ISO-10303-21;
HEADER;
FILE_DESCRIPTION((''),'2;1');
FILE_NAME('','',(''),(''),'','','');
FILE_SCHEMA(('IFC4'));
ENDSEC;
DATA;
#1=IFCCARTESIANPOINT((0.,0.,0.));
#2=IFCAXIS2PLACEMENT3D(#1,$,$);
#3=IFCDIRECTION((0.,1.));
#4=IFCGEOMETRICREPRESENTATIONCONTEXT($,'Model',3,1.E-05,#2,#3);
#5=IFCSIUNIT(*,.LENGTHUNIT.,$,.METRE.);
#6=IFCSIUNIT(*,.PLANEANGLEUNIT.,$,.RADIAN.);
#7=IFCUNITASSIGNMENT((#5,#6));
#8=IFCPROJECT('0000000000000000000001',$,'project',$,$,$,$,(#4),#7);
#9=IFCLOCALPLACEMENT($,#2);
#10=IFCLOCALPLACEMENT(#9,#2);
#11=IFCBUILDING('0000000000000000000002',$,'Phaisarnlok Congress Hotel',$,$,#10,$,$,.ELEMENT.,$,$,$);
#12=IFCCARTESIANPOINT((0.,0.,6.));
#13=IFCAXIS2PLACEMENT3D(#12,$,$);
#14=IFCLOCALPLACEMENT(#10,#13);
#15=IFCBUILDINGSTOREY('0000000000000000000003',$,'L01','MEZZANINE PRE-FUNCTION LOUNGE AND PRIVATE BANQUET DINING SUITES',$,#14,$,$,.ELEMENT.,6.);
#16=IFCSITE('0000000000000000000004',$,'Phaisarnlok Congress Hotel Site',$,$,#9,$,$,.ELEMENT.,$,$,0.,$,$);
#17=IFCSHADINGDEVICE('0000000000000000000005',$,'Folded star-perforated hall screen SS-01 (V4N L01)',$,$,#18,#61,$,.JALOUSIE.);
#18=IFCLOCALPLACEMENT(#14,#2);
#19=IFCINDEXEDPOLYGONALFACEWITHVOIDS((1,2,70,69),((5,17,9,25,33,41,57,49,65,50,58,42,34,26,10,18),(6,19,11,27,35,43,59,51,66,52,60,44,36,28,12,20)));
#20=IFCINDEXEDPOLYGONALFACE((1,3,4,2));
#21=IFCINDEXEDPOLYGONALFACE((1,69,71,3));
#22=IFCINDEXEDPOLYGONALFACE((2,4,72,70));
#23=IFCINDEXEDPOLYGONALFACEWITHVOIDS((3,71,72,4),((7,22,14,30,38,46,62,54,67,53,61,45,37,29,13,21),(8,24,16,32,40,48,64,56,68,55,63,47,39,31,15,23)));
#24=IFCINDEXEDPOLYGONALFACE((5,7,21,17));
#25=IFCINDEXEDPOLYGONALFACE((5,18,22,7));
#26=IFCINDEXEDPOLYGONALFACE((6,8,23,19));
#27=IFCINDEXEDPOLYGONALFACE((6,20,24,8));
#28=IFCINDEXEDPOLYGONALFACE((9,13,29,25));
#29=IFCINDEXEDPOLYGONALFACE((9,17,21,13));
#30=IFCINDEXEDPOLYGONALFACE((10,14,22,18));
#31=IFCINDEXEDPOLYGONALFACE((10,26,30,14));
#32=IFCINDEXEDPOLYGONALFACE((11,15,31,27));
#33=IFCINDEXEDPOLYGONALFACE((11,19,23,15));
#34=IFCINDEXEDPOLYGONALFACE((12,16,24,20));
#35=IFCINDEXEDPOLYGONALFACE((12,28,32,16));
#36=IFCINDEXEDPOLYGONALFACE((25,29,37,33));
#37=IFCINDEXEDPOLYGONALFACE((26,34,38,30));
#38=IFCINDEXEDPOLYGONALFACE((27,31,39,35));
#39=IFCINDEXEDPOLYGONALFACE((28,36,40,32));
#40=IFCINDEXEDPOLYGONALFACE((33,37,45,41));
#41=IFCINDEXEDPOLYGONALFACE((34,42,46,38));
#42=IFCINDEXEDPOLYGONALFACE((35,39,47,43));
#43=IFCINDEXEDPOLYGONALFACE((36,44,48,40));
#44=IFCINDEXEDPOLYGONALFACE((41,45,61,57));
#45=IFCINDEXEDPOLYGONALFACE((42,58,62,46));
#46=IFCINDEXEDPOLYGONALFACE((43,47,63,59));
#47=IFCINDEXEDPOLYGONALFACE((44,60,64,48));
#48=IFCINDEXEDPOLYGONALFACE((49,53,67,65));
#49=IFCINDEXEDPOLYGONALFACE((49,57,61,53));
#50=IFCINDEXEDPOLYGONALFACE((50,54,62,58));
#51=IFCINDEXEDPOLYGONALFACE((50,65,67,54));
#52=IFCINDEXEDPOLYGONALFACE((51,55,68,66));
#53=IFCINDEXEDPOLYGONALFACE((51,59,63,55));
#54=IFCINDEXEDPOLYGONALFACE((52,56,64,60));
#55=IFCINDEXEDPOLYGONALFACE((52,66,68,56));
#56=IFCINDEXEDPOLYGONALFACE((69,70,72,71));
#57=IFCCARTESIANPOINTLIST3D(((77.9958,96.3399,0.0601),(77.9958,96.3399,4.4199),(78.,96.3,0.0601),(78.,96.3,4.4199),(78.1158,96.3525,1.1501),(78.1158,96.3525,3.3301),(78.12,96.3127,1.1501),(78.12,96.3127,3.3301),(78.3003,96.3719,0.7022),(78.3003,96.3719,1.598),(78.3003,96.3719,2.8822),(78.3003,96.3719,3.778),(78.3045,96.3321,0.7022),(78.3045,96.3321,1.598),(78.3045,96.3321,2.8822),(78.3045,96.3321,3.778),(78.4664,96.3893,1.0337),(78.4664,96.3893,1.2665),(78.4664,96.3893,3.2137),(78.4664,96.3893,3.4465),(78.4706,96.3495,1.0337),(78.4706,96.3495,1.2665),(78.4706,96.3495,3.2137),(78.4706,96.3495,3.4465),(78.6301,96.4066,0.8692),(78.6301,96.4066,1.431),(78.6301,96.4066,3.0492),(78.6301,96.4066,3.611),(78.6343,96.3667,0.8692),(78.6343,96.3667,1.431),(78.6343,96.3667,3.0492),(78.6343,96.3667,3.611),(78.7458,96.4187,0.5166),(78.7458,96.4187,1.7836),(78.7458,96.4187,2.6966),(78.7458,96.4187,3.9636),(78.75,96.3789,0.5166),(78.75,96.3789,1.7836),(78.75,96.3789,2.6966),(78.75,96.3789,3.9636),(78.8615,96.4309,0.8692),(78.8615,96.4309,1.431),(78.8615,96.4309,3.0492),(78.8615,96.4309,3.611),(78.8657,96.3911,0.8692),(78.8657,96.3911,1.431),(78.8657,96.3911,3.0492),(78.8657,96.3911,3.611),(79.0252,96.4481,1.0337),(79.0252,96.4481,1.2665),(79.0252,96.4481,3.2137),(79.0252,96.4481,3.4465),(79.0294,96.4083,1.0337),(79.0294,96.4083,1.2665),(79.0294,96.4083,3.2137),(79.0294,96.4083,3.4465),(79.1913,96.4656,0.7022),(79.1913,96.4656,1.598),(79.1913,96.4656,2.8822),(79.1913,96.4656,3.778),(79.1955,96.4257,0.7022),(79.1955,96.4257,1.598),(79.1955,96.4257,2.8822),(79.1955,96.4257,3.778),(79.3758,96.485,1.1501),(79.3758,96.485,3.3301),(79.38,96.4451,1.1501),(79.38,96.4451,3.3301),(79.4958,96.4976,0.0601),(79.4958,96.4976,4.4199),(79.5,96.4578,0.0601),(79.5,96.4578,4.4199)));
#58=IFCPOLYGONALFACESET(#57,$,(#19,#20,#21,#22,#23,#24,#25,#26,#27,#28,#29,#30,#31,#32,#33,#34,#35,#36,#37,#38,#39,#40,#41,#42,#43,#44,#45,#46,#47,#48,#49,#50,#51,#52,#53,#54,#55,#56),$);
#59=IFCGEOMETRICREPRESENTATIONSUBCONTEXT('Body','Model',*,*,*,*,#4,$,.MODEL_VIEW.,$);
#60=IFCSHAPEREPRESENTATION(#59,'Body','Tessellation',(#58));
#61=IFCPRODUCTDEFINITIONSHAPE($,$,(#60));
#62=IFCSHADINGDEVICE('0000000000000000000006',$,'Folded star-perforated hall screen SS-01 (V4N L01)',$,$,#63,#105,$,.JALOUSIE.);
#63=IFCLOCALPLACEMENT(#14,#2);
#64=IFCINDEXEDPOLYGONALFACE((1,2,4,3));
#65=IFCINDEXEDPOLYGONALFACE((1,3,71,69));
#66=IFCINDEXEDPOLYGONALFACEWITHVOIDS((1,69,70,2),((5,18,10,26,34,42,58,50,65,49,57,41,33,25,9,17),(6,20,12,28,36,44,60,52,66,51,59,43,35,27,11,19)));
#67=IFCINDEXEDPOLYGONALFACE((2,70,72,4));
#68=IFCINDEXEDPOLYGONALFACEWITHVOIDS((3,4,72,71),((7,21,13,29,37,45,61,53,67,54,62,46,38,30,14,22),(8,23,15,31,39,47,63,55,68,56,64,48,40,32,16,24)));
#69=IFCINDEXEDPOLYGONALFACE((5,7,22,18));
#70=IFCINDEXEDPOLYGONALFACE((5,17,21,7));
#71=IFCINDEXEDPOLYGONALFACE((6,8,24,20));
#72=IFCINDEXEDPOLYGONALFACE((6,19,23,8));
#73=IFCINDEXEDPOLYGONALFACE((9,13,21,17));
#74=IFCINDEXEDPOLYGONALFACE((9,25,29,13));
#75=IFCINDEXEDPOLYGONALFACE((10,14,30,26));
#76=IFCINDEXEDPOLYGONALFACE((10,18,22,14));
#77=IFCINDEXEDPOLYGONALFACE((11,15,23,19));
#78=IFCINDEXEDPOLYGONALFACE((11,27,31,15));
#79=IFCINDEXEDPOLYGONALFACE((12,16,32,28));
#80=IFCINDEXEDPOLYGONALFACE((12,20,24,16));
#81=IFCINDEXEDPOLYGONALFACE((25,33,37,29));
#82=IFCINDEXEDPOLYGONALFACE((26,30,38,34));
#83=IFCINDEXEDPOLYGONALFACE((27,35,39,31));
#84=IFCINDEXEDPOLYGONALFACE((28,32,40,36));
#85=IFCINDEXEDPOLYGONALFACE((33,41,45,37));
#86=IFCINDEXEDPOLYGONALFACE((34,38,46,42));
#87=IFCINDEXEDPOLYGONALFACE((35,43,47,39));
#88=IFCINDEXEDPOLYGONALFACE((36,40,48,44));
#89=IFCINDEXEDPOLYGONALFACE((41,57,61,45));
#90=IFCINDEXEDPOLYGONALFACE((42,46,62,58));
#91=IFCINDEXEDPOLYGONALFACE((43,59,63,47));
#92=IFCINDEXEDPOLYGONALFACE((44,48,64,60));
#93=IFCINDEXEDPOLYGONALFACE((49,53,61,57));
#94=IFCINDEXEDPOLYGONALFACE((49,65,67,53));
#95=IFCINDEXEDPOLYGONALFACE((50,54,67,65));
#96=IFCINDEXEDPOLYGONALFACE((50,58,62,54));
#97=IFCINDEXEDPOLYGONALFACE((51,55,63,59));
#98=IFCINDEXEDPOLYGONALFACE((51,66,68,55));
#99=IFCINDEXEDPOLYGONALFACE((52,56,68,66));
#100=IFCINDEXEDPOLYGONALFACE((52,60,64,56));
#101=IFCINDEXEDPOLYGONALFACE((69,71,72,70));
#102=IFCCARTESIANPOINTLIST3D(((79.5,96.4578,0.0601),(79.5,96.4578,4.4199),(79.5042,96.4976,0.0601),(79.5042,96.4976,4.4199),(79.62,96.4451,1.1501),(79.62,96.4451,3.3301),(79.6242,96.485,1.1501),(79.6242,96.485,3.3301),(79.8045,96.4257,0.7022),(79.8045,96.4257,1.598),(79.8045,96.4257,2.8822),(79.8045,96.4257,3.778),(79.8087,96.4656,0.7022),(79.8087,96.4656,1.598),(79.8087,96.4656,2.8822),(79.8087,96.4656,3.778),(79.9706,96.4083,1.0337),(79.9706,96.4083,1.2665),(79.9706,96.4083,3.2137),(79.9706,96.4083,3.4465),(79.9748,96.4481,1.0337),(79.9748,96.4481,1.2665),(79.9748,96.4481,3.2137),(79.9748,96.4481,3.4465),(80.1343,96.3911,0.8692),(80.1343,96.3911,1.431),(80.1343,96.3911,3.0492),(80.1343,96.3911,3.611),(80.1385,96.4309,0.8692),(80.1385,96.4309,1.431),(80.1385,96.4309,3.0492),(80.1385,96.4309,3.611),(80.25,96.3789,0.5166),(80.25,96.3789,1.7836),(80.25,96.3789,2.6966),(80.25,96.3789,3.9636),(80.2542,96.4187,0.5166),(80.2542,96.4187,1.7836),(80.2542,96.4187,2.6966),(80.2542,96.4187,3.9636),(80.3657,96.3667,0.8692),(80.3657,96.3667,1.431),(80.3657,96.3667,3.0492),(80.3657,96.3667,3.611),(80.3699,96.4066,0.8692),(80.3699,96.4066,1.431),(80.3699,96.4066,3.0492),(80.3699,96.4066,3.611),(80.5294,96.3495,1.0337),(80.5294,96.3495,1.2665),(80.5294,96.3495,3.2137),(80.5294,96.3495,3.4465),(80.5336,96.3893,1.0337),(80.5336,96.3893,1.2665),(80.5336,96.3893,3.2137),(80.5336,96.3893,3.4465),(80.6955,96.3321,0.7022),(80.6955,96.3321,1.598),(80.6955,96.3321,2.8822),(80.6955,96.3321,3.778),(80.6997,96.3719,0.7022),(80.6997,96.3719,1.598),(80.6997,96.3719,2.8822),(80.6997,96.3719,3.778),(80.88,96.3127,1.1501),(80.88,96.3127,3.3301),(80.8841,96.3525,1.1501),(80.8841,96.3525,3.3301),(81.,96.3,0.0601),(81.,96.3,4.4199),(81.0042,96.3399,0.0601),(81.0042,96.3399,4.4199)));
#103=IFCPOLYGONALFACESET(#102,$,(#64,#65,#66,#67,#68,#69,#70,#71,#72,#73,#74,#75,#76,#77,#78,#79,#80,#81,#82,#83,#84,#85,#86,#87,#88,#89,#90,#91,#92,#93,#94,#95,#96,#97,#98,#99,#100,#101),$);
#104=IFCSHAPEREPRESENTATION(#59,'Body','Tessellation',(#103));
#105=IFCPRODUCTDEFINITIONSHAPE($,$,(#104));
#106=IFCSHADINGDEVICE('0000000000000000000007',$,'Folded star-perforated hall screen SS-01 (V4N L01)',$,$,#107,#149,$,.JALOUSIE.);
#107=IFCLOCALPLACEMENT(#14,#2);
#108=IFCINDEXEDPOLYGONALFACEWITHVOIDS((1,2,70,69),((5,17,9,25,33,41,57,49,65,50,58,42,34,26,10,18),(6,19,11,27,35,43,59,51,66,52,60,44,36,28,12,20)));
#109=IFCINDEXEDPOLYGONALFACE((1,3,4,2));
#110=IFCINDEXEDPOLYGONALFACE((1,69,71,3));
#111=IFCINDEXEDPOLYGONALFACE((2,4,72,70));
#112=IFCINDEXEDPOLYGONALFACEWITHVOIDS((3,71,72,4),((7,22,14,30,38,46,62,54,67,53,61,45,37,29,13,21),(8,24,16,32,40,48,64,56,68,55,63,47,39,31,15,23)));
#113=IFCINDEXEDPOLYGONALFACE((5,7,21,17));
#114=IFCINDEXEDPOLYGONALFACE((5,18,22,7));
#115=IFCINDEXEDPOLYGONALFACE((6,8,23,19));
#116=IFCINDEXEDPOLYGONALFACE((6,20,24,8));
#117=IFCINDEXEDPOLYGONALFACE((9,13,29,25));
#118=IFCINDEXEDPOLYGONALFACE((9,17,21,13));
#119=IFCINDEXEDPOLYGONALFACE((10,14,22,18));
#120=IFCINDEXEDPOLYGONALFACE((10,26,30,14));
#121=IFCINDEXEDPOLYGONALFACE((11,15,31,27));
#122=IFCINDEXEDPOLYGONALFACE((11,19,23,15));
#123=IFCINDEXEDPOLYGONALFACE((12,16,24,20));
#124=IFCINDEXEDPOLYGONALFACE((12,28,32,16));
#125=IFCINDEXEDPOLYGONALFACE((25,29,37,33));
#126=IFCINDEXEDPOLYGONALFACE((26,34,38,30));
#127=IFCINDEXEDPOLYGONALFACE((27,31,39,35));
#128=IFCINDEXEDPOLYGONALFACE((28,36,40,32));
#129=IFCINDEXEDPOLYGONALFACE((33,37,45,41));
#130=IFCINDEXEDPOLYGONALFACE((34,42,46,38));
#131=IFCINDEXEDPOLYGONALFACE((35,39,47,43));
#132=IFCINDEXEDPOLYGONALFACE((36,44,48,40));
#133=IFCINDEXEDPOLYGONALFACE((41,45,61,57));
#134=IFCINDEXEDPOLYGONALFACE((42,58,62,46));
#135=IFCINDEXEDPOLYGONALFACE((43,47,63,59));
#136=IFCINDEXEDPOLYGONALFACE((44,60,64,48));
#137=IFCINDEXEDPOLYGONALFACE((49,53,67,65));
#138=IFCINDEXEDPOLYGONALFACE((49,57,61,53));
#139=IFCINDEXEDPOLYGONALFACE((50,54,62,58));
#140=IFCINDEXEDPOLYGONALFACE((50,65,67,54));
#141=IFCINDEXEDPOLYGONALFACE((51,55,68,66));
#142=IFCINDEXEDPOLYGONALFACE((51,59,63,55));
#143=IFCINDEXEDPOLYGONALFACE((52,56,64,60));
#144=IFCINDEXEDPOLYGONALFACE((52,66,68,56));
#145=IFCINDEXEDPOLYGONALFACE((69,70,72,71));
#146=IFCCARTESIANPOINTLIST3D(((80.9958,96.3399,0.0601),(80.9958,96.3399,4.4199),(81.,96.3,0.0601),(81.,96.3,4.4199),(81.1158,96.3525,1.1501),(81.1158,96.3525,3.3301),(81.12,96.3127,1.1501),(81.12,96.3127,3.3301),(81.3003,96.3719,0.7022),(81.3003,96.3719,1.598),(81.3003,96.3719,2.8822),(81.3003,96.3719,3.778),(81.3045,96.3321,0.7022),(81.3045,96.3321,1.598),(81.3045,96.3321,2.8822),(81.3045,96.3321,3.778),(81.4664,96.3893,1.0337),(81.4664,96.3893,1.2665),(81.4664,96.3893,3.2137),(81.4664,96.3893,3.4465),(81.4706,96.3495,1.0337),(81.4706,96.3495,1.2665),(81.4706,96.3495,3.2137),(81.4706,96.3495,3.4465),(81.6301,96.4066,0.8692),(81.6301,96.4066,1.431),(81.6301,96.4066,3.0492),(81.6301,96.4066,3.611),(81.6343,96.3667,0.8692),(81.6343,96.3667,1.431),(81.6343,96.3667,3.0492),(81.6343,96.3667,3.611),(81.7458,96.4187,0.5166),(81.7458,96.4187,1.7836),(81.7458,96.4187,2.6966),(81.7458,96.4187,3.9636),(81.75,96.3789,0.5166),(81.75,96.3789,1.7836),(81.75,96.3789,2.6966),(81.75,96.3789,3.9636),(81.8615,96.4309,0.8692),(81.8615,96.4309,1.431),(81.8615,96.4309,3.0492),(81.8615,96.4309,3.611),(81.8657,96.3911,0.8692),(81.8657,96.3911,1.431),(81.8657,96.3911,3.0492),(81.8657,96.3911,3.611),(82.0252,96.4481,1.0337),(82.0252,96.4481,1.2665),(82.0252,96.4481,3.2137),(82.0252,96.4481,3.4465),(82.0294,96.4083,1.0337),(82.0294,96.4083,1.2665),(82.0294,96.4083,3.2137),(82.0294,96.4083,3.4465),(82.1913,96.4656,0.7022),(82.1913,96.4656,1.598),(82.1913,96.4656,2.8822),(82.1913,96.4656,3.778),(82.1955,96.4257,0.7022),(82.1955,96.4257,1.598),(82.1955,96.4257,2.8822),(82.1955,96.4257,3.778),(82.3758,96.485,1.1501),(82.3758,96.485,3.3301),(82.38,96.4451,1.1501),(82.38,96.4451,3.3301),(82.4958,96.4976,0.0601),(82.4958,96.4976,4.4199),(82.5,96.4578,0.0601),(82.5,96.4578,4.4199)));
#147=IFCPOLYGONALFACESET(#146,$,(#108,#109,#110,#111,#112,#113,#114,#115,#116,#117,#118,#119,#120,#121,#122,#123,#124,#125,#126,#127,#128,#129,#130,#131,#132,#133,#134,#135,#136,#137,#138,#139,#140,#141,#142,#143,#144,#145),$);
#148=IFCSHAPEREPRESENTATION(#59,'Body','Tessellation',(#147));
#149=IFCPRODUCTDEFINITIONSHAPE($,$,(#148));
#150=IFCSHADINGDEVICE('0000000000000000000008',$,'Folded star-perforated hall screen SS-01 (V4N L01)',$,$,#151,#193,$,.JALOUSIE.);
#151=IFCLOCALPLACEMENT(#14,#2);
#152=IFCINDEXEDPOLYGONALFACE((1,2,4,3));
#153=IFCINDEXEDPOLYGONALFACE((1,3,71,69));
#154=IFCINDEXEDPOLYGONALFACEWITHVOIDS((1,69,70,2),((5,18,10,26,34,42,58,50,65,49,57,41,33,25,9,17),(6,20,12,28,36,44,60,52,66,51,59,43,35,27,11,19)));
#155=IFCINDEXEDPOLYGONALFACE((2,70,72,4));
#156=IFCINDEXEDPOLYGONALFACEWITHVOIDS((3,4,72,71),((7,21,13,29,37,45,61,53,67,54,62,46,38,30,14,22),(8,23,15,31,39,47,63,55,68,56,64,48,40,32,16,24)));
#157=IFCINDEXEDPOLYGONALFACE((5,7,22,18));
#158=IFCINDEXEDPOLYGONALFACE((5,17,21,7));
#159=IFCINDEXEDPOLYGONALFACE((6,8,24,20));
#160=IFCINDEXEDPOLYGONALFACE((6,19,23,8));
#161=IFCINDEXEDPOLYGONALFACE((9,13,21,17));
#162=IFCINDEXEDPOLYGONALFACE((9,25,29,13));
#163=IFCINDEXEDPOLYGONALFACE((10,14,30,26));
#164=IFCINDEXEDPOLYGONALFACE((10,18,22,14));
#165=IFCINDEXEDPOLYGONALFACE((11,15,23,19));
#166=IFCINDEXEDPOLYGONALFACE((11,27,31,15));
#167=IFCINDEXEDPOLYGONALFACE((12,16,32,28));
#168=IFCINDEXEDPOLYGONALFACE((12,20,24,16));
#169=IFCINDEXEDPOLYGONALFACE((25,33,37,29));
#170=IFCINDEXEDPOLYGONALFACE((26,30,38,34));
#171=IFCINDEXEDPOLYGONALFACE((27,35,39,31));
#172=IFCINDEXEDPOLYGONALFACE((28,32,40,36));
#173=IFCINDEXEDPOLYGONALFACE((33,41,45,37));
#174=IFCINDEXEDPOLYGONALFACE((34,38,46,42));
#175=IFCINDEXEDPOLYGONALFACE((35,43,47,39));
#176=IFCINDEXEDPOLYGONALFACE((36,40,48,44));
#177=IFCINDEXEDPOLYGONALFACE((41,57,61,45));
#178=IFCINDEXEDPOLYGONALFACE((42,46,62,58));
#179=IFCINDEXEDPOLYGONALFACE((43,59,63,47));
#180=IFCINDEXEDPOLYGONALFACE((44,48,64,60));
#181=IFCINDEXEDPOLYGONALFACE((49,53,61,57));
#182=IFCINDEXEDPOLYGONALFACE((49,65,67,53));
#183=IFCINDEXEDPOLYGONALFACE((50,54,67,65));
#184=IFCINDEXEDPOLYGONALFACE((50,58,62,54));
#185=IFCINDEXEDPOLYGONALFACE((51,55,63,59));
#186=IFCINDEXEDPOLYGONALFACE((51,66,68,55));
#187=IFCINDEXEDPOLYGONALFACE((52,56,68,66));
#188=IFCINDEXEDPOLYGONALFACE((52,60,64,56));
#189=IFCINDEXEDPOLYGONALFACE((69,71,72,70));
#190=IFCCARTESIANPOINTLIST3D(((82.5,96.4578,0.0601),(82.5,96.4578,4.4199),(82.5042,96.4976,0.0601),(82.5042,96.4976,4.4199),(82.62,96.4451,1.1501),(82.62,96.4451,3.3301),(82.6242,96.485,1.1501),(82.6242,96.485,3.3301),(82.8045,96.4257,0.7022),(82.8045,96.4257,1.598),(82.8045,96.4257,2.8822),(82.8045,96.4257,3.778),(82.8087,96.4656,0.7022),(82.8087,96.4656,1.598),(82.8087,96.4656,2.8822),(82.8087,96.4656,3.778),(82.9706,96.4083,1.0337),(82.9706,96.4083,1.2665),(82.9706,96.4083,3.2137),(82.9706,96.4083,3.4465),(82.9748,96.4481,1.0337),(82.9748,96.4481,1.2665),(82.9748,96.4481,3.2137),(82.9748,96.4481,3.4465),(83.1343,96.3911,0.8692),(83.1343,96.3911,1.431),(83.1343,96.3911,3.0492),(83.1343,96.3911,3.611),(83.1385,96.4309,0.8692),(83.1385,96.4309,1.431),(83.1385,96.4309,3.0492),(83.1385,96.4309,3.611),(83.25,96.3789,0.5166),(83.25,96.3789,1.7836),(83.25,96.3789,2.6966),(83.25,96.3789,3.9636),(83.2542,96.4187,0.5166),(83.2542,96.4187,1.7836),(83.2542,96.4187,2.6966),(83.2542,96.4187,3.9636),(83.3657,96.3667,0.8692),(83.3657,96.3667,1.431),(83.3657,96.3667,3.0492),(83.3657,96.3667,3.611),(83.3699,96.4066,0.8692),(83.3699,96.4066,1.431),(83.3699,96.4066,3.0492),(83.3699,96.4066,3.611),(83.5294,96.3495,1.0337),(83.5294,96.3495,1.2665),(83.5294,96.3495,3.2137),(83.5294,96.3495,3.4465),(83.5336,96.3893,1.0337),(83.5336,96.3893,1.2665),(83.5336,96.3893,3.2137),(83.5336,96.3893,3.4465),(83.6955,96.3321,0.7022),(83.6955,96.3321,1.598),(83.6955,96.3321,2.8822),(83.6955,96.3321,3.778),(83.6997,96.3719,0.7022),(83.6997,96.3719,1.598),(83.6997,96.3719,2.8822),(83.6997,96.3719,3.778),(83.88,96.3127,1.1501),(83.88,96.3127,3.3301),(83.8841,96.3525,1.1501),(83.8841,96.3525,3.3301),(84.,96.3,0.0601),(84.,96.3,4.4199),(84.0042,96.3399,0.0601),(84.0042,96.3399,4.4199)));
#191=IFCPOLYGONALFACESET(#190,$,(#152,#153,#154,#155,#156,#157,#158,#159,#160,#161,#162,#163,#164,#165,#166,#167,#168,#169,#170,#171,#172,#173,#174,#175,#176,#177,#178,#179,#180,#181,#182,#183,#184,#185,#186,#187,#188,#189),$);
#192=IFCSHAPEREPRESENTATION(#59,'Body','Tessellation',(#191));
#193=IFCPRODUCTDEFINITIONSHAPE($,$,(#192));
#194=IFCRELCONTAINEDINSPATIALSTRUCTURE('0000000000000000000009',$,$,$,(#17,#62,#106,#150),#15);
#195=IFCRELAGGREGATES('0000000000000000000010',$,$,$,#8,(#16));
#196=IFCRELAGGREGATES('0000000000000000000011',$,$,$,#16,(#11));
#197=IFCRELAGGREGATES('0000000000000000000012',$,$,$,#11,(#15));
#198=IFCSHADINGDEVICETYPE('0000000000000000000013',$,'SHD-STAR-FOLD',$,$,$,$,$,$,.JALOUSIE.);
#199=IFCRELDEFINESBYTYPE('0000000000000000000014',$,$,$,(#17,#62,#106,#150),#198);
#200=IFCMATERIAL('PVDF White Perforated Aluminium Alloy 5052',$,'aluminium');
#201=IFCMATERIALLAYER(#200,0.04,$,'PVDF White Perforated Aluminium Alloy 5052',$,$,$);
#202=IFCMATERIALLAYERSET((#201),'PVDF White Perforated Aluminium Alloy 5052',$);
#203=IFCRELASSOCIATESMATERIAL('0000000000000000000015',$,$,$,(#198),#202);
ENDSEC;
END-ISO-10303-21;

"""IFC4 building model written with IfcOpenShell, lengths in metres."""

from ifc_helpers import new_model, si_unit, direction, frame, origin, place, context, subcontext, project, spatial, polyline, outline, extrude, material, layer, layer_set, type_object, element, save


model = new_model("IFC4")

# Units and contexts
model_context = context("Model", 3, precision=1e-05, world=origin(), true_north=direction((0.0, 1.0)))
body_context = subcontext(model_context, "Body", "Model", "MODEL_VIEW")
ifc_project = project(units=[si_unit("LENGTHUNIT", "METRE"), si_unit("PLANEANGLEUNIT", "RADIAN")], contexts=[model_context])

# Site, building, storey
site_placement = place(None, origin())
site = spatial("IfcSite", under=ifc_project, at=site_placement, Name="Phaisarnlok Congress Hotel Site", CompositionType="ELEMENT", RefElevation=0.0)
building_placement = place(site_placement, origin())
building = spatial("IfcBuilding", under=site, at=building_placement, Name="Phaisarnlok Congress Hotel", CompositionType="ELEMENT")
storey_placement = place(building_placement, frame((0.0, 0.0, 6.0)))
storey = spatial("IfcBuildingStorey", under=building, at=storey_placement, Name="L01", Description="MEZZANINE PRE-FUNCTION LOUNGE AND PRIVATE BANQUET DINING SUITES", CompositionType="ELEMENT", Elevation=6.0)

# Shading devices
ifc_material_1 = material(Name="PVDF White Perforated Aluminium Alloy 5052", Category="aluminium")
ifc_layer_1 = layer(ifc_material_1, 0.04, Name="PVDF White Perforated Aluminium Alloy 5052")
ifc_layer_set_1 = layer_set([ifc_layer_1], Name="PVDF White Perforated Aluminium Alloy 5052")
shading_device_type = type_object("IfcShadingDeviceType", Name="SHD-STAR-FOLD", PredefinedType="JALOUSIE", material=ifc_layer_set_1)
for number, where, z_axis, x_axis, name in (
    (1, (79.5, 96.4578, 0.0601), (-0.104567, 0.994518, 0.0), (-0.994518, -0.104567, 0.0), "Folded star-perforated hall screen SS-01 (V4N L01)"),
    (2, (81.0, 96.3, 0.0601), (0.104567, 0.994518, 0.0), (-0.994518, 0.104567, 0.0), "Folded star-perforated hall screen SS-01 (V4N L01)"),
    (3, (82.5, 96.4578, 0.0601), (-0.104567, 0.994518, 0.0), (-0.994518, -0.104567, 0.0), "Folded star-perforated hall screen SS-01 (V4N L01)"),
    (4, (84.0, 96.3, 0.0601), (0.104567, 0.994518, 0.0), (-0.994518, 0.104567, 0.0), "Folded star-perforated hall screen SS-01 (V4N L01)"),
):
    element("IfcShadingDevice", number, at=place(storey_placement, frame(where, z_axis=z_axis, x_axis=x_axis)), inside=storey, type_object=shading_device_type, Name=name, PredefinedType="JALOUSIE", context=body_context, shape_type="SweptSolid", body=[
        extrude(outline(polyline([(0.0, 0.0), (1.5083, 0.0), (1.5083, 4.3599), (0.0, 4.3599), (0.0, 0.0)]), holes=[polyline([(1.0351, 0.9736), (1.2021, 0.6421), (0.8705, 0.8091), (0.7541, 0.4565), (0.6378, 0.8091), (0.3062, 0.6421), (0.4732, 0.9736), (0.1207, 1.09), (0.4732, 1.2064), (0.3062, 1.5379), (0.6378, 1.3709), (0.7541, 1.7235), (0.8705, 1.3709), (1.2021, 1.5379), (1.0351, 1.2064), (1.3876, 1.09), (1.0351, 0.9736)]), polyline([(1.0351, 3.1536), (1.2021, 2.8221), (0.8705, 2.9891), (0.7541, 2.6365), (0.6378, 2.9891), (0.3062, 2.8221), (0.4732, 3.1536), (0.1207, 3.27), (0.4732, 3.3864), (0.3062, 3.7179), (0.6378, 3.5509), (0.7541, 3.9035), (0.8705, 3.5509), (1.2021, 3.7179), (1.0351, 3.3864), (1.3876, 3.27), (1.0351, 3.1536)])]), origin(), (0.0, 0.0, 1.0), 0.04),
    ])

save(model, "model.ifc")
